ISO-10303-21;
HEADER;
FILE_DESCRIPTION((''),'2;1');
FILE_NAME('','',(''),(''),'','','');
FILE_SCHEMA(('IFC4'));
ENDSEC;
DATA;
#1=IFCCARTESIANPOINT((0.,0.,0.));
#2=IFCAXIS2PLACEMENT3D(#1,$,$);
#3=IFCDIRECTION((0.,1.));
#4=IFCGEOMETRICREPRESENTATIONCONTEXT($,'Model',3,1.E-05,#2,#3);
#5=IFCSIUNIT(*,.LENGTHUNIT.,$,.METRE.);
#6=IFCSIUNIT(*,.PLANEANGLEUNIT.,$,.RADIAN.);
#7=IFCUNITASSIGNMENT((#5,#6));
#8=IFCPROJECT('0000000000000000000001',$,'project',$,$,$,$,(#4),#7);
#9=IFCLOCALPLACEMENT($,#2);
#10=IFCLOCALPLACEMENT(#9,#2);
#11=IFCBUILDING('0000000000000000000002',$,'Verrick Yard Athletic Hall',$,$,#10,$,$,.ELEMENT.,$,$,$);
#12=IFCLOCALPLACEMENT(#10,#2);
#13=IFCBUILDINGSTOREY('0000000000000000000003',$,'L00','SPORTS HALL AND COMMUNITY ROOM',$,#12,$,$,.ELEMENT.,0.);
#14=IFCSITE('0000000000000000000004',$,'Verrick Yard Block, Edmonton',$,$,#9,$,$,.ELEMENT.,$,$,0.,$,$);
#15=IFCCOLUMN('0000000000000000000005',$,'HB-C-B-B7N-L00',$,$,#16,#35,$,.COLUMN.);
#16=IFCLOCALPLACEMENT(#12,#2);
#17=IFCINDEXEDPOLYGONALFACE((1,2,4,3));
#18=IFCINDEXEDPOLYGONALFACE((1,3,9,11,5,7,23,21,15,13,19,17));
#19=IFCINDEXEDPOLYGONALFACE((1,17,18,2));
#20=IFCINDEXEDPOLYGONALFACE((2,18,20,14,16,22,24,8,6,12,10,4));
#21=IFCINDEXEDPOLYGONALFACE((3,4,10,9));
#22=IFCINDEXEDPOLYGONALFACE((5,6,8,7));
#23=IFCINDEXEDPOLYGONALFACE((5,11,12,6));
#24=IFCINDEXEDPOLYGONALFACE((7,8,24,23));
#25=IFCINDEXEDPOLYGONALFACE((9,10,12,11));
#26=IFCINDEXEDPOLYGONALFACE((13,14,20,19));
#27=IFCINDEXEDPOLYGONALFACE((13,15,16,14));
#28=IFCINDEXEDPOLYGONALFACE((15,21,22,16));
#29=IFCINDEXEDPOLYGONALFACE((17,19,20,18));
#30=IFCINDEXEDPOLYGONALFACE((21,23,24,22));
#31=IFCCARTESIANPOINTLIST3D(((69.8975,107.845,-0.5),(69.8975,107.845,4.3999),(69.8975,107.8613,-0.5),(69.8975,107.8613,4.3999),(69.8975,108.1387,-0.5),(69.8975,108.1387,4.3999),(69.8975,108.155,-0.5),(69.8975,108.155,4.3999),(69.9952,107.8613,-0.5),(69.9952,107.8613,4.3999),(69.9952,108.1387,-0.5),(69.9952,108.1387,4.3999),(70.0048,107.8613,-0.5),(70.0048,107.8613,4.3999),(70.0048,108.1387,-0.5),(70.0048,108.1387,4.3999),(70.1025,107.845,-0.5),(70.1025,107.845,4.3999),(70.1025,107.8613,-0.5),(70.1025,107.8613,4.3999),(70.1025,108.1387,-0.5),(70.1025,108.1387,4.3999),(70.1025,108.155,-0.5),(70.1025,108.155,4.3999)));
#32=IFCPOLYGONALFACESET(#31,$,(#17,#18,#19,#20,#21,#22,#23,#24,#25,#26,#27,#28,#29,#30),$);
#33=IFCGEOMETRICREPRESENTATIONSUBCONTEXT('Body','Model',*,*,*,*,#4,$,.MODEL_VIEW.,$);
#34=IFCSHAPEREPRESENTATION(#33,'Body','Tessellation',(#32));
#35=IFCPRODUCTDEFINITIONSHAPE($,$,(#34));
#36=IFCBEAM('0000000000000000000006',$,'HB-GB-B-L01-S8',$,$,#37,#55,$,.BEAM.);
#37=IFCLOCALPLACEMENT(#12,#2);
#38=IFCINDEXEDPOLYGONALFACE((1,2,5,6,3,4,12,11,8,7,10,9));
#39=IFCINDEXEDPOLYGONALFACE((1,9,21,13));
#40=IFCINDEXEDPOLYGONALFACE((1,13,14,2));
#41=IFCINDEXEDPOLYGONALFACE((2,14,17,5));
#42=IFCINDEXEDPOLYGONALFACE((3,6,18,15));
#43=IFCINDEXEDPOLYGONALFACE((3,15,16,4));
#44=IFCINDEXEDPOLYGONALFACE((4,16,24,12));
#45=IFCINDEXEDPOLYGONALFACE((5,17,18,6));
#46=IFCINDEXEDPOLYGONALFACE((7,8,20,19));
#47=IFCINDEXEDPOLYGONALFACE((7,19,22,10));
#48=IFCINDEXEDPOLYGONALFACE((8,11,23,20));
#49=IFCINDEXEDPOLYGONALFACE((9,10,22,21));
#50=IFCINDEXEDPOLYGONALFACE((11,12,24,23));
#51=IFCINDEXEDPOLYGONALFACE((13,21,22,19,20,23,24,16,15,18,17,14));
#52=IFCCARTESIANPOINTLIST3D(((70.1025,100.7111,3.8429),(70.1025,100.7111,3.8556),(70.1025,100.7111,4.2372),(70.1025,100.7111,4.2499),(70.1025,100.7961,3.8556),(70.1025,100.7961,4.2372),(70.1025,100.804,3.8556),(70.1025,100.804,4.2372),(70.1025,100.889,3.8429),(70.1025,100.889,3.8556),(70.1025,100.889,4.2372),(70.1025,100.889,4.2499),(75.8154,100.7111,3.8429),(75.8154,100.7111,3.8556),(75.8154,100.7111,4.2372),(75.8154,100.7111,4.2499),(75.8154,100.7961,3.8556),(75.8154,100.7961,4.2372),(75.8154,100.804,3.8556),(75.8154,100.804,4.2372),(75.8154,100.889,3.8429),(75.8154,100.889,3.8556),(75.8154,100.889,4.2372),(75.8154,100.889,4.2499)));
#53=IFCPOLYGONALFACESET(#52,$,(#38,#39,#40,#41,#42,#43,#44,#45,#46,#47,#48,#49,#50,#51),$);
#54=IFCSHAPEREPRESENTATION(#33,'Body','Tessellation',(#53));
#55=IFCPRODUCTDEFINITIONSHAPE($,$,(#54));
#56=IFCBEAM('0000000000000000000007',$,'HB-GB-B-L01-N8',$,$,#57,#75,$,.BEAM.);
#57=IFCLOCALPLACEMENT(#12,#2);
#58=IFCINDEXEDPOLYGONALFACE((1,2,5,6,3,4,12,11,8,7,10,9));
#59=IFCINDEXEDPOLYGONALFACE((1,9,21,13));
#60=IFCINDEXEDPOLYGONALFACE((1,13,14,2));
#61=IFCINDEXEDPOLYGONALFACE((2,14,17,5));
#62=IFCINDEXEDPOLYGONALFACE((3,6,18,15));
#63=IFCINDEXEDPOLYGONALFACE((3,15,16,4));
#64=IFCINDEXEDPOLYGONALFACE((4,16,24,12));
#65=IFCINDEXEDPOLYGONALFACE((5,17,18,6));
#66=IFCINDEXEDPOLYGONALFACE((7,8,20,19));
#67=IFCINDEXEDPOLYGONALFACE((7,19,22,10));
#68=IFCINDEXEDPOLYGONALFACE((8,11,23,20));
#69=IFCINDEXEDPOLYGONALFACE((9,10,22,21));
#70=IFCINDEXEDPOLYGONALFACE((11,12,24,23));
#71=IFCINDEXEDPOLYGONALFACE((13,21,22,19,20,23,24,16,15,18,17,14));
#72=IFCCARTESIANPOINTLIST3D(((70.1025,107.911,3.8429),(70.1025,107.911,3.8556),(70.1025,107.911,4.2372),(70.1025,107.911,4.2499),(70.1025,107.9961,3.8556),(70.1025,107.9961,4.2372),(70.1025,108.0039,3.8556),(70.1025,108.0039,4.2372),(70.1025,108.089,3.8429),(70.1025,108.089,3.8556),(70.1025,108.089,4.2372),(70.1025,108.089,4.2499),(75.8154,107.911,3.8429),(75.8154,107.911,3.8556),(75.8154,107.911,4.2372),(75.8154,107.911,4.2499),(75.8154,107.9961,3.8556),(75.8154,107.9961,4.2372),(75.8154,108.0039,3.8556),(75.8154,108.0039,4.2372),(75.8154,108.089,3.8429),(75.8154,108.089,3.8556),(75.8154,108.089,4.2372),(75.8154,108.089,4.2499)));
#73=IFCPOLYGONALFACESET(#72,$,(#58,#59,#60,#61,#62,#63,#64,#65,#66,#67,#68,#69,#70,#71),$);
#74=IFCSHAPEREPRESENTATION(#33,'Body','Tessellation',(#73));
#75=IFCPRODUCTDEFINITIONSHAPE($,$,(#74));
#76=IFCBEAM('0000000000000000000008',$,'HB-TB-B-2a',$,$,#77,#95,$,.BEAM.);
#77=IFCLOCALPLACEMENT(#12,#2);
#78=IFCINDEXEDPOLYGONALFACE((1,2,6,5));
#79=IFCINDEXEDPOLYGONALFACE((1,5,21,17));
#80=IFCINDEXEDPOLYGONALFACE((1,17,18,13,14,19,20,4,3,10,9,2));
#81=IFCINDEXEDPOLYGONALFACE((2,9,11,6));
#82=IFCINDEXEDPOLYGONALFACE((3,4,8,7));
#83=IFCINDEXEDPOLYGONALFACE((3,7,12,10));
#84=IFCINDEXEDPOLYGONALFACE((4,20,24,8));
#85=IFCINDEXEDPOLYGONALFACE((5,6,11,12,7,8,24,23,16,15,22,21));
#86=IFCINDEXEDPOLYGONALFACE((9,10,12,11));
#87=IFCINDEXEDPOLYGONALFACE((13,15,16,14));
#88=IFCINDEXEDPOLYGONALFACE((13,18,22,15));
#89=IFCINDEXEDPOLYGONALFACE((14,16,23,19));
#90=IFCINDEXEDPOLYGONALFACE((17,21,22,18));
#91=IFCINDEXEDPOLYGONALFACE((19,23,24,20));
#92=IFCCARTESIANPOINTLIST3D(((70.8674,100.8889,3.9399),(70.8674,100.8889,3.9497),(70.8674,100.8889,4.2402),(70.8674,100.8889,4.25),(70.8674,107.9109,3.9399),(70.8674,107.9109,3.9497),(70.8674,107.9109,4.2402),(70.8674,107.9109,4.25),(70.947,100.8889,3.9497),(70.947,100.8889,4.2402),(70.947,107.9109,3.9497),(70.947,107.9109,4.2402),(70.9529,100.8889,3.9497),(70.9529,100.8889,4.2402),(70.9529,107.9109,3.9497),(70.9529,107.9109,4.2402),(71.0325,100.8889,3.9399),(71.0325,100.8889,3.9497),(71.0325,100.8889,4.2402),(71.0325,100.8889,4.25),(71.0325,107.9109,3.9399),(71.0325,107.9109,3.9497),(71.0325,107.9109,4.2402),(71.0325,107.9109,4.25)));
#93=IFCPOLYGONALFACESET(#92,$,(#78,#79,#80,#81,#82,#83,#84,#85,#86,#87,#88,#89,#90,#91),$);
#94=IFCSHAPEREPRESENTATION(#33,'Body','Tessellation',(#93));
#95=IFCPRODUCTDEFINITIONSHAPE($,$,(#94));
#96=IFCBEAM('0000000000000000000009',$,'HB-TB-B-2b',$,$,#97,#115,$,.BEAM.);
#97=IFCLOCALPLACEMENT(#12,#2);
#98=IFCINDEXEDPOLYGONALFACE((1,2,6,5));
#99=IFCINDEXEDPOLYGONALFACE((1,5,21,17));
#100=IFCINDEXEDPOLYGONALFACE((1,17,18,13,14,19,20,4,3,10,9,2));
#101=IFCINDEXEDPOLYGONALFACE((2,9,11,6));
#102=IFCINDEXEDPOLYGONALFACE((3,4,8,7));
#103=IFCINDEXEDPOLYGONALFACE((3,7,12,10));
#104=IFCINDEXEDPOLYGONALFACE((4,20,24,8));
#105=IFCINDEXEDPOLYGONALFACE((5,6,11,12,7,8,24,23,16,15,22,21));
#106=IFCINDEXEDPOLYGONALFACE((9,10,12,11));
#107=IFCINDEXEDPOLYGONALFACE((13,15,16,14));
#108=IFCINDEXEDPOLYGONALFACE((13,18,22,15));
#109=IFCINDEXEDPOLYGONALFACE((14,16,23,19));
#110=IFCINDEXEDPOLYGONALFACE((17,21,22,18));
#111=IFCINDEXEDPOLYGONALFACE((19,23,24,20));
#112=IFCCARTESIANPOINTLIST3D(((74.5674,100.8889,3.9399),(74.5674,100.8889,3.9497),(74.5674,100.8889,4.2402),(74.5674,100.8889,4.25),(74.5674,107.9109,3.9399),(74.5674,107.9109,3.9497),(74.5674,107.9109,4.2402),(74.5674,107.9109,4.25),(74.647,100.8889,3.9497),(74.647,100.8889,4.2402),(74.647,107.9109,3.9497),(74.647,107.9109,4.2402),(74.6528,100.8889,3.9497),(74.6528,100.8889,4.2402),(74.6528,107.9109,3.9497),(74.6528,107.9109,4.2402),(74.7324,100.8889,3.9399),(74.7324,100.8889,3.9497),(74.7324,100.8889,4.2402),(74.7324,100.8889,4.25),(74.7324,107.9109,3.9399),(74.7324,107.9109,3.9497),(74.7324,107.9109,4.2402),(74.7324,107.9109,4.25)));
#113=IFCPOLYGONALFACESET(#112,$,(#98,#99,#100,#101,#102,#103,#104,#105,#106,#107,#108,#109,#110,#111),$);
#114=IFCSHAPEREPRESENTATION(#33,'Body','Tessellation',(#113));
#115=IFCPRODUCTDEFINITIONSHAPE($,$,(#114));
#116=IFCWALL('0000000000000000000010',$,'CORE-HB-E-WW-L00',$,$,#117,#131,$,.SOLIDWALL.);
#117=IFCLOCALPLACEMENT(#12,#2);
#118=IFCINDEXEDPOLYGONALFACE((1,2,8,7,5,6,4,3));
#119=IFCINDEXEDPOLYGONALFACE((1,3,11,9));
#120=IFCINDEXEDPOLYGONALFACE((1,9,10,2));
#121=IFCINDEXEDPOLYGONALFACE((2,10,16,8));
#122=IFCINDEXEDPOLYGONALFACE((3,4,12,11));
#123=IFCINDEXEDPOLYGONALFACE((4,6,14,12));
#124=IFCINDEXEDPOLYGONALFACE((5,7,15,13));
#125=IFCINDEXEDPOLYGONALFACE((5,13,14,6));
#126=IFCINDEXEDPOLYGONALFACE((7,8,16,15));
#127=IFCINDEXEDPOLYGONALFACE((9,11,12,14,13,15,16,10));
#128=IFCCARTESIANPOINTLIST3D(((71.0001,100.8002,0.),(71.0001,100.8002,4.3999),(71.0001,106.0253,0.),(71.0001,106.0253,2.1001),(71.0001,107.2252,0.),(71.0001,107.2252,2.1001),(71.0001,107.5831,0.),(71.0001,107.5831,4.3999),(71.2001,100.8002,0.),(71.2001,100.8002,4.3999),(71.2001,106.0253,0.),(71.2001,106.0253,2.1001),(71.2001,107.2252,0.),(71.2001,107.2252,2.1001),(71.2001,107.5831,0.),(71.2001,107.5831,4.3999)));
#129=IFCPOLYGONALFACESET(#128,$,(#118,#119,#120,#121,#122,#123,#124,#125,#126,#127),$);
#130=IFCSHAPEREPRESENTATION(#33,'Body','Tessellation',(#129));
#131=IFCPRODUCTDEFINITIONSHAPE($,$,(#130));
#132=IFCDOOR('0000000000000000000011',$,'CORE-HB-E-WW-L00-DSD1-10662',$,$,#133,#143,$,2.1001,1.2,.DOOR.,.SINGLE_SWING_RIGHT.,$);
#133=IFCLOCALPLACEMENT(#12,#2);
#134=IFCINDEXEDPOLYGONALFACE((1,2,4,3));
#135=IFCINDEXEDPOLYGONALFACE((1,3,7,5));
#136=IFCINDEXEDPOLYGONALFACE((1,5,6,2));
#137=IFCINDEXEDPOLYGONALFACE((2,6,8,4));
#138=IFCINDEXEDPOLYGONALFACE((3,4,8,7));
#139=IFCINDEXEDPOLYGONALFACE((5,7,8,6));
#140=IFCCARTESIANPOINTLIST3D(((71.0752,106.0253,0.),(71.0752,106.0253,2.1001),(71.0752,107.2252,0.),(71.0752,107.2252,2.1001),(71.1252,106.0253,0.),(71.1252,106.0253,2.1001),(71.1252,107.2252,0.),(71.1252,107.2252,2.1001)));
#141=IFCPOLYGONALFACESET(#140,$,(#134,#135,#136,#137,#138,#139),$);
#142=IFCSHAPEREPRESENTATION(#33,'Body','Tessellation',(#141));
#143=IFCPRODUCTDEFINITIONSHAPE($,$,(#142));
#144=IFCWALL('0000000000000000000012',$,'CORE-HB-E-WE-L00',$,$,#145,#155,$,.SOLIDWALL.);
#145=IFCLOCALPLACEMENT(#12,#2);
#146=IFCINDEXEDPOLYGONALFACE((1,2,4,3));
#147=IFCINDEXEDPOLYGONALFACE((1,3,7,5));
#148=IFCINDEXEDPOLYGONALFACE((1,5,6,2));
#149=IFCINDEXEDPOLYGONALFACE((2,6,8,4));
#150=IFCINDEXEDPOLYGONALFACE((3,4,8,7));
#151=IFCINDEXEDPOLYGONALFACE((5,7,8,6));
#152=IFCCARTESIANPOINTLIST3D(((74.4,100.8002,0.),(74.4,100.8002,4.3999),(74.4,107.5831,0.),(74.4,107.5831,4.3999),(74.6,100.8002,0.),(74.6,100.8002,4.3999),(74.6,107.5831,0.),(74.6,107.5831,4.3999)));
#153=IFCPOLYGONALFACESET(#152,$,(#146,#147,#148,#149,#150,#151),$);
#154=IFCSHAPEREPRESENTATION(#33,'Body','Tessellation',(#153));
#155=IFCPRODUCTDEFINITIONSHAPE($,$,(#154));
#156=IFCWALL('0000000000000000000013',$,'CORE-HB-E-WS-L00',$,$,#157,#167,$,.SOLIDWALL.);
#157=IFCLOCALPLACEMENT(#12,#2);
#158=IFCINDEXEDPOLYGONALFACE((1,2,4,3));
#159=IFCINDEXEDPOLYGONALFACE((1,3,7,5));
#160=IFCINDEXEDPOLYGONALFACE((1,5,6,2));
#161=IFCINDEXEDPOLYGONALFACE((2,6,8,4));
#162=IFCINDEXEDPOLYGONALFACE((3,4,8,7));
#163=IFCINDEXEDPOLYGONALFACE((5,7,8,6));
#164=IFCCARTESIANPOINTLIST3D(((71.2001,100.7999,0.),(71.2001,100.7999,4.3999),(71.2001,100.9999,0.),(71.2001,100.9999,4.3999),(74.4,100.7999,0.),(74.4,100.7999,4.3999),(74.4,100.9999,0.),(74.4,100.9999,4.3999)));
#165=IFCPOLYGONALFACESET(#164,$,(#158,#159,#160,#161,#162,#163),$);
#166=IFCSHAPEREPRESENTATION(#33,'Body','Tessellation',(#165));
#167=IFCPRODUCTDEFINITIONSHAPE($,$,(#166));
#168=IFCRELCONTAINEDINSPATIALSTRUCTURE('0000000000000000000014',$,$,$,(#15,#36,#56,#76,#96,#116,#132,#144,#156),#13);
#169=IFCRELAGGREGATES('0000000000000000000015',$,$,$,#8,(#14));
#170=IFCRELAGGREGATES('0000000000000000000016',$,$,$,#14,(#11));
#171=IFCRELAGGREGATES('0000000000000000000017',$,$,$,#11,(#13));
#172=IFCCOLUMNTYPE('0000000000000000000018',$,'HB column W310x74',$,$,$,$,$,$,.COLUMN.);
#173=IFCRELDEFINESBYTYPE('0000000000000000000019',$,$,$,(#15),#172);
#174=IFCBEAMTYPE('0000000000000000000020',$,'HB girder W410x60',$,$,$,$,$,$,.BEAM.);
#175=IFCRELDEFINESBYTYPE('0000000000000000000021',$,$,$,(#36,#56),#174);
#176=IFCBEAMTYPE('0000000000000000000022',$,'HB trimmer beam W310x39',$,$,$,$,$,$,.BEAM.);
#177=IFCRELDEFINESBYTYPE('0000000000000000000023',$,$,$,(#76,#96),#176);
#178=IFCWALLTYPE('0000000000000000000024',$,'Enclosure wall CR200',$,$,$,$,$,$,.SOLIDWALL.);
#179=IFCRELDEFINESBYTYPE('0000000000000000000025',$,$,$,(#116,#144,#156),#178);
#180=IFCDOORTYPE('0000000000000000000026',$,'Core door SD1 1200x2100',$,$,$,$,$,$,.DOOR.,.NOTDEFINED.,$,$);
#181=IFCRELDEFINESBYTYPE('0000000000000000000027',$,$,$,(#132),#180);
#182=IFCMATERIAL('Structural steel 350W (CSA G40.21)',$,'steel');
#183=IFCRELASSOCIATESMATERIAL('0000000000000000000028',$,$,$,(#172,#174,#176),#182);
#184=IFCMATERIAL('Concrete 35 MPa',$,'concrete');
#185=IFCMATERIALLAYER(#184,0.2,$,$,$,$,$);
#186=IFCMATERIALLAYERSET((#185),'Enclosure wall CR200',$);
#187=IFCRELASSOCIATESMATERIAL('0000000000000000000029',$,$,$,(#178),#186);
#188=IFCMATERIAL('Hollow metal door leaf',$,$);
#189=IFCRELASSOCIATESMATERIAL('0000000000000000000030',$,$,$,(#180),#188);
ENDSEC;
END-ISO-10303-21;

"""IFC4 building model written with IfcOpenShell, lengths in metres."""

from ifc_helpers import new_model, si_unit, direction, frame, frame_2d, origin, origin_2d, place, context, subcontext, project, spatial, rectangle, i_section, extrude, material, layer, layer_set, material_profile, profile_set, type_object, element, fill, save


model = new_model("IFC4")

# Units and contexts
model_context = context("Model", 3, precision=1e-05, world=origin(), true_north=direction((0.0, 1.0)))
body_context = subcontext(model_context, "Body", "Model", "MODEL_VIEW")
ifc_project = project(units=[si_unit("LENGTHUNIT", "METRE"), si_unit("PLANEANGLEUNIT", "RADIAN")], contexts=[model_context])

# Site, building, storey
site_placement = place(None, origin())
site = spatial("IfcSite", under=ifc_project, at=site_placement, Name="Verrick Yard Block, Edmonton", CompositionType="ELEMENT", RefElevation=0.0)
building_placement = place(site_placement, origin())
building = spatial("IfcBuilding", under=site, at=building_placement, Name="Verrick Yard Athletic Hall", CompositionType="ELEMENT")
storey_placement = place(building_placement, origin())
storey = spatial("IfcBuildingStorey", under=building, at=storey_placement, Name="L00", Description="SPORTS HALL AND COMMUNITY ROOM", CompositionType="ELEMENT", Elevation=0.0)

# Shared definitions
ifc_material_1 = material(Name="Concrete 35 MPa", Category="concrete")

# Column
ifc_material_2 = material(Name="Structural steel 350W (CSA G40.21)", Category="steel")
ifc_material_profile_1 = material_profile(ifc_material_2, i_section(OverallWidth=0.2051, OverallDepth=0.3101, WebThickness=0.0095, FlangeThickness=0.0164, at=origin_2d()), Name="W310x74")
ifc_profile_set_1 = profile_set([ifc_material_profile_1], Name="Structural steel 350W (CSA G40.21)")
column_type = type_object("IfcColumnType", Name="HB column W310x74", PredefinedType="COLUMN", material=ifc_profile_set_1)
column_placement = place(storey_placement, frame((70.0, 108.0, -0.5), z_axis=(0.0, 0.0, 1.0), x_axis=(1.0, 0.0, 0.0)))
element("IfcColumn", 1, at=column_placement, inside=storey, type_object=column_type, Name="HB-C-B-B7N-L00", PredefinedType="COLUMN", context=body_context, shape_type="SweptSolid", body=[
    extrude(i_section(OverallWidth=0.2051, OverallDepth=0.3101, WebThickness=0.0095, FlangeThickness=0.0164, at=origin_2d()), origin(), (0.0, 0.0, 1.0), 4.8999),
])

# Beams
ifc_material_profile_2 = material_profile(ifc_material_2, i_section(OverallWidth=0.178, OverallDepth=0.407, WebThickness=0.0078, FlangeThickness=0.0127, at=origin_2d()), Name="W410x60")
ifc_profile_set_2 = profile_set([ifc_material_profile_2], Name="Structural steel 350W (CSA G40.21)")
beam_type_1 = type_object("IfcBeamType", Name="HB girder W410x60", PredefinedType="BEAM", material=ifc_profile_set_2)
for number, where, z_axis, x_axis, name in (
    (2, (70.1025, 100.8, 4.0464), (1.0, 0.0, 0.0), (0.0, 1.0, 0.0), "HB-GB-B-L01-S8"),
    (3, (70.1025, 108.0, 4.0464), (1.0, 0.0, 0.0), (0.0, 1.0, 0.0), "HB-GB-B-L01-N8"),
):
    element("IfcBeam", number, at=place(storey_placement, frame(where, z_axis=z_axis, x_axis=x_axis)), inside=storey, type_object=beam_type_1, Name=name, PredefinedType="BEAM", context=body_context, shape_type="SweptSolid", body=[
        extrude(i_section(OverallWidth=0.178, OverallDepth=0.407, WebThickness=0.0078, FlangeThickness=0.0127, at=origin_2d()), origin(), (0.0, 0.0, 1.0), 5.7129),
    ])
ifc_material_profile_3 = material_profile(ifc_material_2, i_section(OverallWidth=0.165, OverallDepth=0.3101, WebThickness=0.0059, FlangeThickness=0.0098, at=origin_2d()), Name="W310x39")
ifc_profile_set_3 = profile_set([ifc_material_profile_3], Name="Structural steel 350W (CSA G40.21)")
beam_type_2 = type_object("IfcBeamType", Name="HB trimmer beam W310x39", PredefinedType="BEAM", material=ifc_profile_set_3)
for number, where, z_axis, x_axis, name in (
    (4, (70.95, 100.8889, 4.095), (0.0, 1.0, 0.0), (-1.0, 0.0, 0.0), "HB-TB-B-2a"),
    (5, (74.6499, 100.8889, 4.095), (0.0, 1.0, 0.0), (-1.0, 0.0, 0.0), "HB-TB-B-2b"),
):
    element("IfcBeam", number, at=place(storey_placement, frame(where, z_axis=z_axis, x_axis=x_axis)), inside=storey, type_object=beam_type_2, Name=name, PredefinedType="BEAM", context=body_context, shape_type="SweptSolid", body=[
        extrude(i_section(OverallWidth=0.165, OverallDepth=0.3101, WebThickness=0.0059, FlangeThickness=0.0098, at=origin_2d()), origin(), (0.0, 0.0, 1.0), 7.022),
    ])

# Wall, opening, door
ifc_layer = layer(ifc_material_1, 0.2)
ifc_layer_set = layer_set([ifc_layer], Name="Enclosure wall CR200")
wall_type = type_object("IfcWallType", Name="Enclosure wall CR200", PredefinedType="SOLIDWALL", material=ifc_layer_set)
wall_1_placement = place(storey_placement, frame((71.1001, 100.8, 0.0), z_axis=(0.0, 0.0, 1.0), x_axis=(0.0, 1.0, 0.0)))
wall_1 = element("IfcWall", 6, at=wall_1_placement, inside=storey, type_object=wall_type, Name="CORE-HB-E-WW-L00", PredefinedType="SOLIDWALL", context=body_context, shape_type="SweptSolid", body=[
    extrude(rectangle(XDim=6.783, YDim=0.2, at=frame_2d((3.3916, 0.0))), origin(), (0.0, 0.0, 1.0), 4.3999),
])
opening_placement = place(wall_1_placement, frame((5.2251, 0.0, 0.0)))
opening = element("IfcOpeningElement", 7, at=opening_placement, cuts=wall_1, PredefinedType="OPENING", context=body_context, shape_type="SweptSolid", body=[
    extrude(rectangle(XDim=1.2, YDim=2.1001, at=frame_2d((0.6001, 1.05))), frame((0.0, 0.1099, 0.0), z_axis=(0.0, -1.0, 0.0), x_axis=(1.0, 0.0, 0.0)), (0.0, 0.0, 1.0), 0.22),
])
ifc_material_3 = material(Name="Hollow metal door leaf")
door_type = type_object("IfcDoorType", Name="Core door SD1 1200x2100", OperationType="NOTDEFINED", PredefinedType="DOOR", material=ifc_material_3)
door_placement = place(opening_placement, origin())
door = element("IfcDoor", 8, at=door_placement, inside=storey, type_object=door_type, Name="CORE-HB-E-WW-L00-DSD1-10662", OperationType="SINGLE_SWING_RIGHT", OverallHeight=2.1001, OverallWidth=1.2, PredefinedType="DOOR", context=body_context, shape_type="SweptSolid", body=[
    extrude(rectangle(XDim=1.2, YDim=2.1001, at=frame_2d((0.6001, 1.05))), frame((0.0, 0.0249, 0.0), z_axis=(0.0, -1.0, 0.0), x_axis=(1.0, 0.0, 0.0)), (0.0, 0.0, 1.0), 0.05),
])
fill(opening, door)

# Walls
wall_2_placement = place(storey_placement, frame((74.5, 100.8, 0.0), z_axis=(0.0, 0.0, 1.0), x_axis=(0.0, 1.0, 0.0)))
element("IfcWall", 9, at=wall_2_placement, inside=storey, type_object=wall_type, Name="CORE-HB-E-WE-L00", PredefinedType="SOLIDWALL", context=body_context, shape_type="SweptSolid", body=[
    extrude(rectangle(XDim=6.783, YDim=0.2, at=frame_2d((3.3916, 0.0))), origin(), (0.0, 0.0, 1.0), 4.3999),
])
wall_3_placement = place(storey_placement, frame((71.2, 100.8999, 0.0), z_axis=(0.0, 0.0, 1.0), x_axis=(1.0, 0.0, 0.0)))
element("IfcWall", 10, at=wall_3_placement, inside=storey, type_object=wall_type, Name="CORE-HB-E-WS-L00", PredefinedType="SOLIDWALL", context=body_context, shape_type="SweptSolid", body=[
    extrude(rectangle(XDim=3.2, YDim=0.2, at=frame_2d((1.6001, 0.0))), origin(), (0.0, 0.0, 1.0), 4.3999),
])

save(model, "model.ifc")
